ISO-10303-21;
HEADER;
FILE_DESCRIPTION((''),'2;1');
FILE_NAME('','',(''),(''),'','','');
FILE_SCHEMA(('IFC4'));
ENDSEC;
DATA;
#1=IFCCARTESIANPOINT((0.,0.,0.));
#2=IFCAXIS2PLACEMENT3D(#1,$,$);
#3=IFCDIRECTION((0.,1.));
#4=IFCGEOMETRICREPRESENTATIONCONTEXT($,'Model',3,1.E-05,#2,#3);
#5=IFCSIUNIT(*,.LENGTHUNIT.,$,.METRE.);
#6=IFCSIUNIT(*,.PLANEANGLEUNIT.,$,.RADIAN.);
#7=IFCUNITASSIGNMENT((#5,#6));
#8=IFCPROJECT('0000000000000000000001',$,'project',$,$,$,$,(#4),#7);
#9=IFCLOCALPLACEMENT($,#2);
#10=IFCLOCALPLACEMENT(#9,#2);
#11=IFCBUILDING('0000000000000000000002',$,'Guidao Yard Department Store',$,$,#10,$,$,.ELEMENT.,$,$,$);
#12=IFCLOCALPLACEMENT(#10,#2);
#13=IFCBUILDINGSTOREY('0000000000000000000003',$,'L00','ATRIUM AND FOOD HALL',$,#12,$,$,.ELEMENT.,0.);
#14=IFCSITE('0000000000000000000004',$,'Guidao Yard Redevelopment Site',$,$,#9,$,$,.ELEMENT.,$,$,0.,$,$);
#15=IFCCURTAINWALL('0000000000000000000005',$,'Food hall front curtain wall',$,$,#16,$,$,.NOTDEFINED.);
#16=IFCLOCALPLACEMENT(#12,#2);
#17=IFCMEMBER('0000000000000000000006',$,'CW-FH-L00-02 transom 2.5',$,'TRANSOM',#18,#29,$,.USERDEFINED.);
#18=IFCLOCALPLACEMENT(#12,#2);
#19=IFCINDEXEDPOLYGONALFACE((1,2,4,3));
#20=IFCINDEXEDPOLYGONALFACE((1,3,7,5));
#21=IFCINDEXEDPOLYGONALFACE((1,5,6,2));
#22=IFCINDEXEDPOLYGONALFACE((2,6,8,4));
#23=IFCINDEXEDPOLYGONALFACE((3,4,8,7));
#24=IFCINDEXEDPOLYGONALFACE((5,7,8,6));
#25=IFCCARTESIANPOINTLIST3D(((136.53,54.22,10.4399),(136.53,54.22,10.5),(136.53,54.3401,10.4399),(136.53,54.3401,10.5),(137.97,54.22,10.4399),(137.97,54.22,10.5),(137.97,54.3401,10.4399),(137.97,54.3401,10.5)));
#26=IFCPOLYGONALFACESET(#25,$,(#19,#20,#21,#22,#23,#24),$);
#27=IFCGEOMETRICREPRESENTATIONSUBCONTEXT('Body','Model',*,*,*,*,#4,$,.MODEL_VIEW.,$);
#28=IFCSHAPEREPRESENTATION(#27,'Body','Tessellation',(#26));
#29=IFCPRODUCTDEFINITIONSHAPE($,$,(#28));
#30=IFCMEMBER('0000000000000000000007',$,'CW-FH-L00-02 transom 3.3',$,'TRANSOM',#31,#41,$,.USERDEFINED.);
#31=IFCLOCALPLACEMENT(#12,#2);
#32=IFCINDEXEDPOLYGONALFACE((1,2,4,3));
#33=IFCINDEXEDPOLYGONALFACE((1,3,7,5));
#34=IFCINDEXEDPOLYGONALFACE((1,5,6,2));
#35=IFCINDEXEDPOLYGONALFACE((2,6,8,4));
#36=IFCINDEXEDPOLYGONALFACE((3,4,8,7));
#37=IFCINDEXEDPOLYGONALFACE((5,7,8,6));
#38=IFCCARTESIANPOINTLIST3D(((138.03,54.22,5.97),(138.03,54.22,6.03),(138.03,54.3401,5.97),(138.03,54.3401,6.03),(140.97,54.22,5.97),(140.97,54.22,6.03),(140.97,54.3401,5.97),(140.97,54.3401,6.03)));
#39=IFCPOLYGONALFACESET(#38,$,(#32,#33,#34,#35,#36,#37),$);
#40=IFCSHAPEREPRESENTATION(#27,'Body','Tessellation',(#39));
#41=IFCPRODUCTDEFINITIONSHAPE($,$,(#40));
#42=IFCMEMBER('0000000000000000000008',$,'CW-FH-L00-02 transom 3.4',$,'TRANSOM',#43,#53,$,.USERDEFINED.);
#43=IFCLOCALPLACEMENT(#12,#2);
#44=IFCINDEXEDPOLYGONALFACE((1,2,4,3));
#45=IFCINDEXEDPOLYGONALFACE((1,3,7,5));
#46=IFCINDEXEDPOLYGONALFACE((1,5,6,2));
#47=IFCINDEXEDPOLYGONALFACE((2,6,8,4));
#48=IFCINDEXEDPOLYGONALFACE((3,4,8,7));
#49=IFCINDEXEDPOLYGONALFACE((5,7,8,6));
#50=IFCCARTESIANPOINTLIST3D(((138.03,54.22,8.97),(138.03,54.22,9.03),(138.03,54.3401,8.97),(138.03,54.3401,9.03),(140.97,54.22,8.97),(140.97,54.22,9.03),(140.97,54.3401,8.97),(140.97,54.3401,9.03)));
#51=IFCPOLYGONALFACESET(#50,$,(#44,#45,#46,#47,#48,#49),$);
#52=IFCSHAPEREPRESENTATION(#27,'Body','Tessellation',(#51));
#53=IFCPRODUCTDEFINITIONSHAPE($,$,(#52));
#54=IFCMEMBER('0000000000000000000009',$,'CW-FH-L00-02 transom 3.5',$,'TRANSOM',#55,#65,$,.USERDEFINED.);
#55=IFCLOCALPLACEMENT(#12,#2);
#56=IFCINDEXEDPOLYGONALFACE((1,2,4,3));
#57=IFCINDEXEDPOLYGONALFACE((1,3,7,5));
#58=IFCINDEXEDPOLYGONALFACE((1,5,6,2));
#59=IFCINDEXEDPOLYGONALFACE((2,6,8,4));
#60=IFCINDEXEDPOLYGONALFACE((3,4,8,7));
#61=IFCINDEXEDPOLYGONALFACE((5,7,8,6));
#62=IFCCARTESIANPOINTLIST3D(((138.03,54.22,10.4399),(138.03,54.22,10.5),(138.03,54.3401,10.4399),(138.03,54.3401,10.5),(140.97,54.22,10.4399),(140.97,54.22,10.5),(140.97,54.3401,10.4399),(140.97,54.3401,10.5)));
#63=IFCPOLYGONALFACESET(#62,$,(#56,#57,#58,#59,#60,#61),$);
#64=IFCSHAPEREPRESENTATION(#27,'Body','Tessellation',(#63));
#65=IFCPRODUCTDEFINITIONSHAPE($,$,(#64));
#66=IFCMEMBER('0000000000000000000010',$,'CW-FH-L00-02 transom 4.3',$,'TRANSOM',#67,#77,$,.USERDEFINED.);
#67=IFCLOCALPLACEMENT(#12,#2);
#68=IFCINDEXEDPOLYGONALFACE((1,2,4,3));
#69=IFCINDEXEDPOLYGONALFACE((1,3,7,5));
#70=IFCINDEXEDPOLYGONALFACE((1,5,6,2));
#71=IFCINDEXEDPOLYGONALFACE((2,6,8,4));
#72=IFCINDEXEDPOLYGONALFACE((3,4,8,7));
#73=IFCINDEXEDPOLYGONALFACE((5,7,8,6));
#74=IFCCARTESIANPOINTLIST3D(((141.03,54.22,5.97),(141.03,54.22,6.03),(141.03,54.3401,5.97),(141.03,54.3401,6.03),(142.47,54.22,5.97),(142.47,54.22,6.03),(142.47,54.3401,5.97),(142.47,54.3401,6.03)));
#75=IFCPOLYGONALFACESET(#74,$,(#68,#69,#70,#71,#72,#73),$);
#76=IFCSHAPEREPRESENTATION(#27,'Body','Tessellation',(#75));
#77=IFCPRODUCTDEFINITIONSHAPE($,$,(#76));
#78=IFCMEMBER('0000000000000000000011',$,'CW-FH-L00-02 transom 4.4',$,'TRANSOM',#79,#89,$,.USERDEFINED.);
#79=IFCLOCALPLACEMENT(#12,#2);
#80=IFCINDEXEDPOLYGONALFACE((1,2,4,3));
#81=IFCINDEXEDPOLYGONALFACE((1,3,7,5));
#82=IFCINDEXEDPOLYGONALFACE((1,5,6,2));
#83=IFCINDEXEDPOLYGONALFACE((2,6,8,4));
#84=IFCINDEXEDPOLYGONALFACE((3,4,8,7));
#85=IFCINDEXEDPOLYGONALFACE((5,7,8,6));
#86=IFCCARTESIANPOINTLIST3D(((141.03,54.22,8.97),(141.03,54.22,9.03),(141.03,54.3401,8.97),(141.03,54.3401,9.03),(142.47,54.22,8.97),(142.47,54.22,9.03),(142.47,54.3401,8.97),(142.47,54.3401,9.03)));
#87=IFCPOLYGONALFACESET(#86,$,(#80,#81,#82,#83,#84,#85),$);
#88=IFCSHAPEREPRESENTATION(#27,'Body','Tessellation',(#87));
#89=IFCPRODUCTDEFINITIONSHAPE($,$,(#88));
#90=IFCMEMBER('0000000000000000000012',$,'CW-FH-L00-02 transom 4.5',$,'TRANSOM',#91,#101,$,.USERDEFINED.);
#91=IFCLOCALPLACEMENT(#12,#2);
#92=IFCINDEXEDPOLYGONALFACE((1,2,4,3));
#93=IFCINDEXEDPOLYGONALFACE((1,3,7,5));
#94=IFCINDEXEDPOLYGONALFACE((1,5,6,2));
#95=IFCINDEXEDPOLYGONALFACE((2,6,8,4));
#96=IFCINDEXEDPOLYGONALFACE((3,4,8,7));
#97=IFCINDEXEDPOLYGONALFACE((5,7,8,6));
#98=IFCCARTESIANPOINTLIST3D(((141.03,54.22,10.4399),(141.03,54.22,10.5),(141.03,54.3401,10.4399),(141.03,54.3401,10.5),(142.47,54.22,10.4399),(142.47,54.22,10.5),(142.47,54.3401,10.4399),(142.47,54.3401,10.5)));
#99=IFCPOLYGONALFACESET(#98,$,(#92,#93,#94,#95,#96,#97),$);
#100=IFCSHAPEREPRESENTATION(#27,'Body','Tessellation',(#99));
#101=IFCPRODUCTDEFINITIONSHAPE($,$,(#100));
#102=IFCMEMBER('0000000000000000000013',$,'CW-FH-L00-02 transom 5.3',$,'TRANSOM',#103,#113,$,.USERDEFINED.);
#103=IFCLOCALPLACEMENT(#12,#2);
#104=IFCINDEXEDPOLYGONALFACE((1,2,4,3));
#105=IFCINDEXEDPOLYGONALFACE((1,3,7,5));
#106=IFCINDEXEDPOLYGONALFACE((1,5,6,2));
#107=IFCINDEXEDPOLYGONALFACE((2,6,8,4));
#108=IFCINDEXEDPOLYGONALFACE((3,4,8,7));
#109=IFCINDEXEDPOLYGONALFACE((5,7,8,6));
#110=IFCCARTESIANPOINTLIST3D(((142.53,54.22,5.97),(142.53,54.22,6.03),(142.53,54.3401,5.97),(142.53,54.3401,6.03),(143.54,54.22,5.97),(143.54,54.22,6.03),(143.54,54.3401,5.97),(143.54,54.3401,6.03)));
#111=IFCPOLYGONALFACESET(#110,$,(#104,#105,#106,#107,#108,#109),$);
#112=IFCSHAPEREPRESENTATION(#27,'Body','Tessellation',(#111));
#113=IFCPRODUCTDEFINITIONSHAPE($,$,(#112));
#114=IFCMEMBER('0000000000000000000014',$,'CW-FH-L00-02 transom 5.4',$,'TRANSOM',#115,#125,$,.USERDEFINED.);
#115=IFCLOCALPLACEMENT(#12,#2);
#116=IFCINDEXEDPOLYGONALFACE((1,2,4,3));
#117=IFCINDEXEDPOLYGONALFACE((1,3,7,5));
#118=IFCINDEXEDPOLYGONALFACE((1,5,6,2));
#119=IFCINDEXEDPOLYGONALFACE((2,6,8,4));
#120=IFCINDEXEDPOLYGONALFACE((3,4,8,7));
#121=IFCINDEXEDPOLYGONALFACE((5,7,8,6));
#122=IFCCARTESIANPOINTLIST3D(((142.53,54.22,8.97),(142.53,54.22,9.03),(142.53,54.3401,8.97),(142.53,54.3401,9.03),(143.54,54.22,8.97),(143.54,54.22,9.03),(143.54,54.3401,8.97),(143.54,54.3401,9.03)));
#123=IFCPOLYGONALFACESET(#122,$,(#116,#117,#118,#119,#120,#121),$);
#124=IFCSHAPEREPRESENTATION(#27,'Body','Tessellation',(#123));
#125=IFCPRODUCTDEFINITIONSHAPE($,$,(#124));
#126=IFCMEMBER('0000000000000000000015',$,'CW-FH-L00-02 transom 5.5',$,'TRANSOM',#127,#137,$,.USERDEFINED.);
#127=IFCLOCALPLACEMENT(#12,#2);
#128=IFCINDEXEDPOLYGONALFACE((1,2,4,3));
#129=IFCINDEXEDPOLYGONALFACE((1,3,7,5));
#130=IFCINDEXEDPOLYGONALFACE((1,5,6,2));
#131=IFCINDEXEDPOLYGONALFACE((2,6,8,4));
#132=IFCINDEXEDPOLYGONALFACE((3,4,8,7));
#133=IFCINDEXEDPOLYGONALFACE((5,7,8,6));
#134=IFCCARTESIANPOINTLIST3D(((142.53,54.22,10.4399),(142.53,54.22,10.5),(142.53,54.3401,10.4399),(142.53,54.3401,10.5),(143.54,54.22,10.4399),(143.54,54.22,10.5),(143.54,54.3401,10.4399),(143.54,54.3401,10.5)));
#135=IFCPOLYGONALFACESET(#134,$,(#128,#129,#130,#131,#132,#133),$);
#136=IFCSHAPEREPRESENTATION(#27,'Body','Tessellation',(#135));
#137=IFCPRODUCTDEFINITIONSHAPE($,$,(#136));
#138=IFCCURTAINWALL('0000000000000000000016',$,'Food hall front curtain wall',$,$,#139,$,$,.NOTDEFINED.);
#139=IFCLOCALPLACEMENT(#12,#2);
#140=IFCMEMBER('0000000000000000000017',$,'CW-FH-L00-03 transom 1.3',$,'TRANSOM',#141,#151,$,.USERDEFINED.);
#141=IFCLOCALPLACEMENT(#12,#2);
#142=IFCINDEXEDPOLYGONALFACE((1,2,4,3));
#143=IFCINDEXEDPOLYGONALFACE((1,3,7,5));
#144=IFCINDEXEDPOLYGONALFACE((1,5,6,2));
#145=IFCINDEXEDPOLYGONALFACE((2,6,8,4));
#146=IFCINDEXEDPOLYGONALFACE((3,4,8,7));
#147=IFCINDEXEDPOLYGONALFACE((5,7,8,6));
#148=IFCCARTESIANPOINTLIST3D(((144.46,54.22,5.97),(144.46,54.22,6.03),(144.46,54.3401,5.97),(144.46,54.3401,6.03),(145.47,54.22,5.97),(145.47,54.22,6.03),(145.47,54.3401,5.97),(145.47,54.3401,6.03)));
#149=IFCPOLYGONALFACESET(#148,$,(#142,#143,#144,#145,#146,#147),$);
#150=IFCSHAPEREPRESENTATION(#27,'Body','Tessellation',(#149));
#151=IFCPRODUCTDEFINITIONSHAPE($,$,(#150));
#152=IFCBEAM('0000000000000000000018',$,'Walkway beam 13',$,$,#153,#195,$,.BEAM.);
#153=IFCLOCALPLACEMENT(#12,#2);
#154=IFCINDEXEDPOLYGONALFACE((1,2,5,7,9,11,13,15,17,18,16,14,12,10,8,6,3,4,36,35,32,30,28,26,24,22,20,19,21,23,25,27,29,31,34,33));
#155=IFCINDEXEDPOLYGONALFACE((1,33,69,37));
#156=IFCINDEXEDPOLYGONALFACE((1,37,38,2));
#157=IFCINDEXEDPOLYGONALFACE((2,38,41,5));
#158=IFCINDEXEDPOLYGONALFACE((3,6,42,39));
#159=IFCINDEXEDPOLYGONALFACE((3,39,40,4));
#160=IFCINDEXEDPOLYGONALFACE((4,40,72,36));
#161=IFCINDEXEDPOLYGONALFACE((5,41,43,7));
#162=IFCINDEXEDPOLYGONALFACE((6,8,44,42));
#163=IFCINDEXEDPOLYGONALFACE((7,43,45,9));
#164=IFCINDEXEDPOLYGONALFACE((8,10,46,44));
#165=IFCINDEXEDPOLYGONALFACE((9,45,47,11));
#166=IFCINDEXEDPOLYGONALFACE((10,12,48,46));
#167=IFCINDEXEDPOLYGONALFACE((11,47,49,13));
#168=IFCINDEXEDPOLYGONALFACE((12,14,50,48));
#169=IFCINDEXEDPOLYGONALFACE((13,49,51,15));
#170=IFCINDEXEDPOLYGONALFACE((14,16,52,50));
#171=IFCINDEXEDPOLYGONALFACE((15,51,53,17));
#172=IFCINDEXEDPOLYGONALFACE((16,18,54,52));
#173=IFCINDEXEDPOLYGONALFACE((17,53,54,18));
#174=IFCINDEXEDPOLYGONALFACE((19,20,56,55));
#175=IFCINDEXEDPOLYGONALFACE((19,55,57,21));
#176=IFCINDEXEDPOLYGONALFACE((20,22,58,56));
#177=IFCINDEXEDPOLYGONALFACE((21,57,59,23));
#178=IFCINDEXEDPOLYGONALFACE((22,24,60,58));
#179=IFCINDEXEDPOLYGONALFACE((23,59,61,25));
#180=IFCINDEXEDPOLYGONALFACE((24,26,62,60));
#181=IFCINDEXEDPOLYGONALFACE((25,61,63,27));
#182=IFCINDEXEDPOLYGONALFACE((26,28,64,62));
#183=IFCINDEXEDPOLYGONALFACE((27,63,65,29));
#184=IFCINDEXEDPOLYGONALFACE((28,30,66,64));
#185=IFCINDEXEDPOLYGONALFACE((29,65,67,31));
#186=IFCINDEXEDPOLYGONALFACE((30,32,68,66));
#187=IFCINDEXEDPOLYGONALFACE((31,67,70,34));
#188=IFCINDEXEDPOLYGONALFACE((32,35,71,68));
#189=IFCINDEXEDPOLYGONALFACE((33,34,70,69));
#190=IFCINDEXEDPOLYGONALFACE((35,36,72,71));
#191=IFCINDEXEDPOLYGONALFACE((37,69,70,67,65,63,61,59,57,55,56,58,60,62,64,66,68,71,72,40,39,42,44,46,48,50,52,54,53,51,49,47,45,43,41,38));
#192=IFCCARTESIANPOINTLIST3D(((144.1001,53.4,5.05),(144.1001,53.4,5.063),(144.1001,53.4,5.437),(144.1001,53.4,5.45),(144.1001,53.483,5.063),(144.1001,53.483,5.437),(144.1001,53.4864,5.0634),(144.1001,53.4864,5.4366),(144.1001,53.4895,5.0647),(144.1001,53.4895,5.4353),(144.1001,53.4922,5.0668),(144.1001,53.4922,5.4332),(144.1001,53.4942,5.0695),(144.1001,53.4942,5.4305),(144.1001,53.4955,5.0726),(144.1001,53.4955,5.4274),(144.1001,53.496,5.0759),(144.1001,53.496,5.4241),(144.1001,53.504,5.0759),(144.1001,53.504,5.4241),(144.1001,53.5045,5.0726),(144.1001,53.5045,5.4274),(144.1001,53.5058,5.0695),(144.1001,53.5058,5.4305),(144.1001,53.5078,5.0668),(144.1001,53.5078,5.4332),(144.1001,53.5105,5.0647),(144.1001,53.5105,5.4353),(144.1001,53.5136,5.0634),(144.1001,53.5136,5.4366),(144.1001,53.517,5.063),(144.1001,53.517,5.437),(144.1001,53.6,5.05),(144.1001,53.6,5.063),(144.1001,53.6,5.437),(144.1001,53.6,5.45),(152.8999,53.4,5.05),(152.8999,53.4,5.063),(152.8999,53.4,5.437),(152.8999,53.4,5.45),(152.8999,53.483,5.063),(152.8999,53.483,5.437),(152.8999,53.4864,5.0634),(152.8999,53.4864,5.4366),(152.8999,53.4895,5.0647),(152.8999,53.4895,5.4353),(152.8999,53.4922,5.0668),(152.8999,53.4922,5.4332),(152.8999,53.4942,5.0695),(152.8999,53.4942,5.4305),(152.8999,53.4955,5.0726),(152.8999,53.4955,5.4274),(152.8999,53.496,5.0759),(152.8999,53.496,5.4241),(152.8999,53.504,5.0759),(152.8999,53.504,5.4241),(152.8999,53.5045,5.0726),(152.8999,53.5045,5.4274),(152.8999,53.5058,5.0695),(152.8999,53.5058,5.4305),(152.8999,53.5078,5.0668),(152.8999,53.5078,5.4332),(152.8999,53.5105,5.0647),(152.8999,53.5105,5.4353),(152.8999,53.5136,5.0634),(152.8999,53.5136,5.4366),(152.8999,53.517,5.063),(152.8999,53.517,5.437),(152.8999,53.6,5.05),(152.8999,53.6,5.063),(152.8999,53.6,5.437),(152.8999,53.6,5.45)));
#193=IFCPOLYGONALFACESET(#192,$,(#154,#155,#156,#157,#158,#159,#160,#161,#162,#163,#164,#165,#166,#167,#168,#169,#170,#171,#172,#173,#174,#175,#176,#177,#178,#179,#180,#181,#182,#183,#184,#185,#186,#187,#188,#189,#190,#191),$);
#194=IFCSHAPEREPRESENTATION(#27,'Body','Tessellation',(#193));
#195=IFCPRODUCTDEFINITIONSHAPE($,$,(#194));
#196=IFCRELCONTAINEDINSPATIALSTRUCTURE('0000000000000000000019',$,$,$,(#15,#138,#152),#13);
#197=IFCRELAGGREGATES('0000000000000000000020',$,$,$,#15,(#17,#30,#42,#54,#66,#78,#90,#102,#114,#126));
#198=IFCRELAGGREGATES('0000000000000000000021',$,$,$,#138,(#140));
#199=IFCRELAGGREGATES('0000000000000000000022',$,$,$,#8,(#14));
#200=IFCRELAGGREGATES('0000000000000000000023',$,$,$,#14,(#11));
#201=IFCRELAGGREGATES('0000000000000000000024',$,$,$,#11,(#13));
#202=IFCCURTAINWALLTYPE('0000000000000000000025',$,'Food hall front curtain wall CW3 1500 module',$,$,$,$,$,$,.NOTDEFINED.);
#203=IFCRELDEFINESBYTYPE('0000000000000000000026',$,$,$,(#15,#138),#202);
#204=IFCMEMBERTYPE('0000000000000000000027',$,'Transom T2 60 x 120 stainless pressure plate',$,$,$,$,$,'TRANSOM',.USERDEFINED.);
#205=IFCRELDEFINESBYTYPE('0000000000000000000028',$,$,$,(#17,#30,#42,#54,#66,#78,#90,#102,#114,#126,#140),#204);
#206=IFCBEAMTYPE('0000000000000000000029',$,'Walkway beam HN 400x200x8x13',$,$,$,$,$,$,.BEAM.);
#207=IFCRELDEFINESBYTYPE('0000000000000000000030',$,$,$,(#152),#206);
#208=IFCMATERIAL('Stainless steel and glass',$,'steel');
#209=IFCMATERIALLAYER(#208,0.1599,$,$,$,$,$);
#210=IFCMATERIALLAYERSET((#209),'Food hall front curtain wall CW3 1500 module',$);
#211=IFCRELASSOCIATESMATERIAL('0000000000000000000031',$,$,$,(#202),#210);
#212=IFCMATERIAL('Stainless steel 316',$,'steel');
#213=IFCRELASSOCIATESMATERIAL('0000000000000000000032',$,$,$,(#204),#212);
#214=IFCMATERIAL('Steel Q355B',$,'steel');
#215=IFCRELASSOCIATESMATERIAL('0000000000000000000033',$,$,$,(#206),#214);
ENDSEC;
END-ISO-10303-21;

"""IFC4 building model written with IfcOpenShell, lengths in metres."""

from ifc_helpers import new_model, si_unit, direction, frame, origin, origin_2d, place, context, subcontext, project, spatial, rectangle, i_section, extrude, material, layer, layer_set, material_profile, profile_set, type_object, element, aggregate, save


model = new_model("IFC4")

# Units and contexts
model_context = context("Model", 3, precision=1e-05, world=origin(), true_north=direction((0.0, 1.0)))
body_context = subcontext(model_context, "Body", "Model", "MODEL_VIEW")
ifc_project = project(units=[si_unit("LENGTHUNIT", "METRE"), si_unit("PLANEANGLEUNIT", "RADIAN")], contexts=[model_context])

# Site, building, storey
site_placement = place(None, origin())
site = spatial("IfcSite", under=ifc_project, at=site_placement, Name="Guidao Yard Redevelopment Site", CompositionType="ELEMENT", RefElevation=0.0)
building_placement = place(site_placement, origin())
building = spatial("IfcBuilding", under=site, at=building_placement, Name="Guidao Yard Department Store", CompositionType="ELEMENT")
storey_placement = place(building_placement, origin())
storey = spatial("IfcBuildingStorey", under=building, at=storey_placement, Name="L00", Description="ATRIUM AND FOOD HALL", CompositionType="ELEMENT", Elevation=0.0)

# Curtain wall, members
ifc_material_1 = material(Name="Stainless steel and glass", Category="steel")
ifc_layer_1 = layer(ifc_material_1, 0.1599)
ifc_layer_set_1 = layer_set([ifc_layer_1], Name="Food hall front curtain wall CW3 1500 module")
curtain_wall_type = type_object("IfcCurtainWallType", Name="Food hall front curtain wall CW3 1500 module", PredefinedType="NOTDEFINED", material=ifc_layer_set_1)
curtain_wall_1_placement = place(storey_placement, origin())
curtain_wall_1 = element("IfcCurtainWall", 1, at=curtain_wall_1_placement, inside=storey, type_object=curtain_wall_type, Name="Food hall front curtain wall", PredefinedType="NOTDEFINED")
ifc_material_2 = material(Name="Stainless steel 316", Category="steel")
ifc_material_profile_1 = material_profile(ifc_material_2, rectangle(XDim=0.1201, YDim=0.0601, at=origin_2d()), Name="Transom T2 60 x 120 stainless pressure plate")
ifc_profile_set_1 = profile_set([ifc_material_profile_1], Name="Stainless steel 316")
member_type = type_object("IfcMemberType", Name="Transom T2 60 x 120 stainless pressure plate", ElementType="TRANSOM", PredefinedType="USERDEFINED", material=ifc_profile_set_1)
member_1_placement = place(storey_placement, frame((137.97, 54.28, 10.47), z_axis=(-1.0, 0.0, 0.0), x_axis=(0.0, -1.0, 0.0)))
member_1 = element("IfcMember", 2, at=member_1_placement, type_object=member_type, Name="CW-FH-L00-02 transom 2.5", ObjectType="TRANSOM", PredefinedType="USERDEFINED", context=body_context, shape_type="SweptSolid", body=[
    extrude(rectangle(XDim=0.1201, YDim=0.0601, at=origin_2d()), origin(), (0.0, 0.0, 1.0), 1.4399),
])
member_2_placement = place(storey_placement, frame((140.97, 54.28, 6.0), z_axis=(-1.0, 0.0, 0.0), x_axis=(0.0, -1.0, 0.0)))
member_2 = element("IfcMember", 3, at=member_2_placement, type_object=member_type, Name="CW-FH-L00-02 transom 3.3", ObjectType="TRANSOM", PredefinedType="USERDEFINED", context=body_context, shape_type="SweptSolid", body=[
    extrude(rectangle(XDim=0.1201, YDim=0.0601, at=origin_2d()), origin(), (0.0, 0.0, 1.0), 2.9399),
])
member_3_placement = place(storey_placement, frame((140.97, 54.28, 9.0), z_axis=(-1.0, 0.0, 0.0), x_axis=(0.0, -1.0, 0.0)))
member_3 = element("IfcMember", 4, at=member_3_placement, type_object=member_type, Name="CW-FH-L00-02 transom 3.4", ObjectType="TRANSOM", PredefinedType="USERDEFINED", context=body_context, shape_type="SweptSolid", body=[
    extrude(rectangle(XDim=0.1201, YDim=0.0601, at=origin_2d()), origin(), (0.0, 0.0, 1.0), 2.9399),
])
member_4_placement = place(storey_placement, frame((140.97, 54.28, 10.47), z_axis=(-1.0, 0.0, 0.0), x_axis=(0.0, -1.0, 0.0)))
member_4 = element("IfcMember", 5, at=member_4_placement, type_object=member_type, Name="CW-FH-L00-02 transom 3.5", ObjectType="TRANSOM", PredefinedType="USERDEFINED", context=body_context, shape_type="SweptSolid", body=[
    extrude(rectangle(XDim=0.1201, YDim=0.0601, at=origin_2d()), origin(), (0.0, 0.0, 1.0), 2.9399),
])
member_5_placement = place(storey_placement, frame((142.47, 54.28, 6.0), z_axis=(-1.0, 0.0, 0.0), x_axis=(0.0, -1.0, 0.0)))
member_5 = element("IfcMember", 6, at=member_5_placement, type_object=member_type, Name="CW-FH-L00-02 transom 4.3", ObjectType="TRANSOM", PredefinedType="USERDEFINED", context=body_context, shape_type="SweptSolid", body=[
    extrude(rectangle(XDim=0.1201, YDim=0.0601, at=origin_2d()), origin(), (0.0, 0.0, 1.0), 1.4399),
])
member_6_placement = place(storey_placement, frame((142.47, 54.28, 9.0), z_axis=(-1.0, 0.0, 0.0), x_axis=(0.0, -1.0, 0.0)))
member_6 = element("IfcMember", 7, at=member_6_placement, type_object=member_type, Name="CW-FH-L00-02 transom 4.4", ObjectType="TRANSOM", PredefinedType="USERDEFINED", context=body_context, shape_type="SweptSolid", body=[
    extrude(rectangle(XDim=0.1201, YDim=0.0601, at=origin_2d()), origin(), (0.0, 0.0, 1.0), 1.4399),
])
member_7_placement = place(storey_placement, frame((142.47, 54.28, 10.47), z_axis=(-1.0, 0.0, 0.0), x_axis=(0.0, -1.0, 0.0)))
member_7 = element("IfcMember", 8, at=member_7_placement, type_object=member_type, Name="CW-FH-L00-02 transom 4.5", ObjectType="TRANSOM", PredefinedType="USERDEFINED", context=body_context, shape_type="SweptSolid", body=[
    extrude(rectangle(XDim=0.1201, YDim=0.0601, at=origin_2d()), origin(), (0.0, 0.0, 1.0), 1.4399),
])
member_8_placement = place(storey_placement, frame((143.54, 54.28, 6.0), z_axis=(-1.0, 0.0, 0.0), x_axis=(0.0, -1.0, 0.0)))
member_8 = element("IfcMember", 9, at=member_8_placement, type_object=member_type, Name="CW-FH-L00-02 transom 5.3", ObjectType="TRANSOM", PredefinedType="USERDEFINED", context=body_context, shape_type="SweptSolid", body=[
    extrude(rectangle(XDim=0.1201, YDim=0.0601, at=origin_2d()), origin(), (0.0, 0.0, 1.0), 1.01),
])
member_9_placement = place(storey_placement, frame((143.54, 54.28, 9.0), z_axis=(-1.0, 0.0, 0.0), x_axis=(0.0, -1.0, 0.0)))
member_9 = element("IfcMember", 10, at=member_9_placement, type_object=member_type, Name="CW-FH-L00-02 transom 5.4", ObjectType="TRANSOM", PredefinedType="USERDEFINED", context=body_context, shape_type="SweptSolid", body=[
    extrude(rectangle(XDim=0.1201, YDim=0.0601, at=origin_2d()), origin(), (0.0, 0.0, 1.0), 1.01),
])
member_10_placement = place(storey_placement, frame((143.54, 54.28, 10.47), z_axis=(-1.0, 0.0, 0.0), x_axis=(0.0, -1.0, 0.0)))
member_10 = element("IfcMember", 11, at=member_10_placement, type_object=member_type, Name="CW-FH-L00-02 transom 5.5", ObjectType="TRANSOM", PredefinedType="USERDEFINED", context=body_context, shape_type="SweptSolid", body=[
    extrude(rectangle(XDim=0.1201, YDim=0.0601, at=origin_2d()), origin(), (0.0, 0.0, 1.0), 1.01),
])

# Curtain wall, member
curtain_wall_2_placement = place(storey_placement, origin())
curtain_wall_2 = element("IfcCurtainWall", 12, at=curtain_wall_2_placement, inside=storey, type_object=curtain_wall_type, Name="Food hall front curtain wall", PredefinedType="NOTDEFINED")
member_11_placement = place(storey_placement, frame((145.47, 54.28, 6.0), z_axis=(-1.0, 0.0, 0.0), x_axis=(0.0, -1.0, 0.0)))
member_11 = element("IfcMember", 13, at=member_11_placement, type_object=member_type, Name="CW-FH-L00-03 transom 1.3", ObjectType="TRANSOM", PredefinedType="USERDEFINED", context=body_context, shape_type="SweptSolid", body=[
    extrude(rectangle(XDim=0.1201, YDim=0.0601, at=origin_2d()), origin(), (0.0, 0.0, 1.0), 1.01),
])

# Beam
ifc_material_3 = material(Name="Steel Q355B", Category="steel")
ifc_material_profile_2 = material_profile(ifc_material_3, i_section(OverallWidth=0.2, OverallDepth=0.3999, WebThickness=0.0081, FlangeThickness=0.0129, FilletRadius=0.0129, at=origin_2d()), Name="HN 400x200x8x13")
ifc_profile_set_2 = profile_set([ifc_material_profile_2], Name="Steel Q355B")
beam_type = type_object("IfcBeamType", Name="Walkway beam HN 400x200x8x13", PredefinedType="BEAM", material=ifc_profile_set_2)
beam_placement = place(storey_placement, frame((144.1001, 53.5, 5.25), z_axis=(1.0, 0.0, 0.0), x_axis=(0.0, 1.0, 0.0)))
element("IfcBeam", 14, at=beam_placement, inside=storey, type_object=beam_type, Name="Walkway beam 13", PredefinedType="BEAM", context=body_context, shape_type="SweptSolid", body=[
    extrude(i_section(OverallWidth=0.2, OverallDepth=0.3999, WebThickness=0.0081, FlangeThickness=0.0129, FilletRadius=0.0129, at=origin_2d()), origin(), (0.0, 0.0, 1.0), 8.7998),
])

aggregate(curtain_wall_1, [member_1, member_2, member_3, member_4, member_5, member_6, member_7, member_8, member_9, member_10])
aggregate(curtain_wall_2, [member_11])

save(model, "model.ifc")
